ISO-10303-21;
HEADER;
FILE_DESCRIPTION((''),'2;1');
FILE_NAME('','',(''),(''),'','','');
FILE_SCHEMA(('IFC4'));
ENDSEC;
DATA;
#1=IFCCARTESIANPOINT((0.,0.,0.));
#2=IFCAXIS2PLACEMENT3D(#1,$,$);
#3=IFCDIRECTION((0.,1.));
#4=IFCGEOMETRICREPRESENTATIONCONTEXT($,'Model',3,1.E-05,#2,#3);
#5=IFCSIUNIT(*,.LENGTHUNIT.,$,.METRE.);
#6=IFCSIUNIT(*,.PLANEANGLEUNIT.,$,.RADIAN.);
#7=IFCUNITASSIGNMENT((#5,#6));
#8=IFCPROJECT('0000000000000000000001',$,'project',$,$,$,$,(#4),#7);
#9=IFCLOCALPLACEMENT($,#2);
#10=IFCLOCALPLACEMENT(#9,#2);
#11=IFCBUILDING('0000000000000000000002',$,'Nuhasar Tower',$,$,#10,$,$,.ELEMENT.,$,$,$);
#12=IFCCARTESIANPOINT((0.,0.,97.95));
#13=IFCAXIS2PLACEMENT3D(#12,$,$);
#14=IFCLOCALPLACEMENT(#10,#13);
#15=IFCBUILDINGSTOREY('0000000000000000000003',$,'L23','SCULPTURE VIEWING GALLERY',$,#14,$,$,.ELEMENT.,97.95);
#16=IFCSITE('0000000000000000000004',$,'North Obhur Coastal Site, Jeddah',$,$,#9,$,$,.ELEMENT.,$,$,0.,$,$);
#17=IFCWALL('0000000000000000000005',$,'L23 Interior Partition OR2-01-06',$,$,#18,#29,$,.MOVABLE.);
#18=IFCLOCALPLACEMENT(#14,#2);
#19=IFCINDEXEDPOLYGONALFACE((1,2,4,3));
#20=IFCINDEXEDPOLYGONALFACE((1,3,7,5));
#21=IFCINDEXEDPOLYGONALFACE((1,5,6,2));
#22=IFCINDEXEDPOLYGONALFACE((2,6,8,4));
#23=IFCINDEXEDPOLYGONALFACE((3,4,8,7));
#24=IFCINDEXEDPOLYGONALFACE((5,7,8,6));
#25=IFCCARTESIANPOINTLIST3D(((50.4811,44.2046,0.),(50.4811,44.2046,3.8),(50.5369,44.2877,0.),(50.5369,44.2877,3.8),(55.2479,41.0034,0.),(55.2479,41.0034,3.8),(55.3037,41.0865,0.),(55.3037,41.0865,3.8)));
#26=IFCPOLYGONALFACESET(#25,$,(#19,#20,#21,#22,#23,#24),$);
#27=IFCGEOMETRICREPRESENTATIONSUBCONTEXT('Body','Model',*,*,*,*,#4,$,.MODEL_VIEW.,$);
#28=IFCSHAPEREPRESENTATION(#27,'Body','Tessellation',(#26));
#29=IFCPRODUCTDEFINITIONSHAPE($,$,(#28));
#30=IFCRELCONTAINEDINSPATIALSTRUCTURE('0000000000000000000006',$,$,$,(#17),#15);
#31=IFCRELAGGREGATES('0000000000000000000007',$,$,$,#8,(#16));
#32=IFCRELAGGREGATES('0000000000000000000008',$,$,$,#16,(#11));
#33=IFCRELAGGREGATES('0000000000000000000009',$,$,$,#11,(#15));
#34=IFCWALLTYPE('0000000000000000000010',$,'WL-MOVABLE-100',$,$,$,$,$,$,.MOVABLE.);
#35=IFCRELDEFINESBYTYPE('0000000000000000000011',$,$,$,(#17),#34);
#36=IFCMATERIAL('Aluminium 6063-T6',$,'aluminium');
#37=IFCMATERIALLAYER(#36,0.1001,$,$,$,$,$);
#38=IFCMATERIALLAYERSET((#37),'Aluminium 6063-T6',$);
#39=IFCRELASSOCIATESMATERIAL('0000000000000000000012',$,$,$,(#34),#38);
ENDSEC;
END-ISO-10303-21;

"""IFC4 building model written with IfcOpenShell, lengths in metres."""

from ifc_helpers import new_model, si_unit, direction, frame, frame_2d, origin, place, context, subcontext, project, spatial, rectangle, extrude, material, layer, layer_set, type_object, element, save


model = new_model("IFC4")

# Units and contexts
model_context = context("Model", 3, precision=1e-05, world=origin(), true_north=direction((0.0, 1.0)))
body_context = subcontext(model_context, "Body", "Model", "MODEL_VIEW")
ifc_project = project(units=[si_unit("LENGTHUNIT", "METRE"), si_unit("PLANEANGLEUNIT", "RADIAN")], contexts=[model_context])

# Site, building, storey
site_placement = place(None, origin())
site = spatial("IfcSite", under=ifc_project, at=site_placement, Name="North Obhur Coastal Site, Jeddah", CompositionType="ELEMENT", RefElevation=0.0)
building_placement = place(site_placement, origin())
building = spatial("IfcBuilding", under=site, at=building_placement, Name="Nuhasar Tower", CompositionType="ELEMENT")
storey_placement = place(building_placement, frame((0.0, 0.0, 97.95)))
storey = spatial("IfcBuildingStorey", under=building, at=storey_placement, Name="L23", Description="SCULPTURE VIEWING GALLERY", CompositionType="ELEMENT", Elevation=97.95)

# Shared definitions
ifc_material_1 = material(Name="Aluminium 6063-T6", Category="aluminium")

# Wall
ifc_layer_1 = layer(ifc_material_1, 0.1001)
ifc_layer_set_1 = layer_set([ifc_layer_1], Name="Aluminium 6063-T6")
wall_type = type_object("IfcWallType", Name="WL-MOVABLE-100", PredefinedType="MOVABLE", material=ifc_layer_set_1)
wall_1_placement = place(storey_placement, frame((55.2759, 41.0449, 0.0), z_axis=(0.0, 0.0, 1.0), x_axis=(-0.830175, 0.557503, 0.0)))
element("IfcWall", 1, at=wall_1_placement, inside=storey, type_object=wall_type, Name="L23 Interior Partition OR2-01-06", PredefinedType="MOVABLE", context=body_context, shape_type="SweptSolid", body=[
    extrude(rectangle(XDim=5.7419, YDim=0.1001, at=frame_2d((2.8711, 0.0))), origin(), (0.0, 0.0, 1.0), 3.8),
])

save(model, "model.ifc")
